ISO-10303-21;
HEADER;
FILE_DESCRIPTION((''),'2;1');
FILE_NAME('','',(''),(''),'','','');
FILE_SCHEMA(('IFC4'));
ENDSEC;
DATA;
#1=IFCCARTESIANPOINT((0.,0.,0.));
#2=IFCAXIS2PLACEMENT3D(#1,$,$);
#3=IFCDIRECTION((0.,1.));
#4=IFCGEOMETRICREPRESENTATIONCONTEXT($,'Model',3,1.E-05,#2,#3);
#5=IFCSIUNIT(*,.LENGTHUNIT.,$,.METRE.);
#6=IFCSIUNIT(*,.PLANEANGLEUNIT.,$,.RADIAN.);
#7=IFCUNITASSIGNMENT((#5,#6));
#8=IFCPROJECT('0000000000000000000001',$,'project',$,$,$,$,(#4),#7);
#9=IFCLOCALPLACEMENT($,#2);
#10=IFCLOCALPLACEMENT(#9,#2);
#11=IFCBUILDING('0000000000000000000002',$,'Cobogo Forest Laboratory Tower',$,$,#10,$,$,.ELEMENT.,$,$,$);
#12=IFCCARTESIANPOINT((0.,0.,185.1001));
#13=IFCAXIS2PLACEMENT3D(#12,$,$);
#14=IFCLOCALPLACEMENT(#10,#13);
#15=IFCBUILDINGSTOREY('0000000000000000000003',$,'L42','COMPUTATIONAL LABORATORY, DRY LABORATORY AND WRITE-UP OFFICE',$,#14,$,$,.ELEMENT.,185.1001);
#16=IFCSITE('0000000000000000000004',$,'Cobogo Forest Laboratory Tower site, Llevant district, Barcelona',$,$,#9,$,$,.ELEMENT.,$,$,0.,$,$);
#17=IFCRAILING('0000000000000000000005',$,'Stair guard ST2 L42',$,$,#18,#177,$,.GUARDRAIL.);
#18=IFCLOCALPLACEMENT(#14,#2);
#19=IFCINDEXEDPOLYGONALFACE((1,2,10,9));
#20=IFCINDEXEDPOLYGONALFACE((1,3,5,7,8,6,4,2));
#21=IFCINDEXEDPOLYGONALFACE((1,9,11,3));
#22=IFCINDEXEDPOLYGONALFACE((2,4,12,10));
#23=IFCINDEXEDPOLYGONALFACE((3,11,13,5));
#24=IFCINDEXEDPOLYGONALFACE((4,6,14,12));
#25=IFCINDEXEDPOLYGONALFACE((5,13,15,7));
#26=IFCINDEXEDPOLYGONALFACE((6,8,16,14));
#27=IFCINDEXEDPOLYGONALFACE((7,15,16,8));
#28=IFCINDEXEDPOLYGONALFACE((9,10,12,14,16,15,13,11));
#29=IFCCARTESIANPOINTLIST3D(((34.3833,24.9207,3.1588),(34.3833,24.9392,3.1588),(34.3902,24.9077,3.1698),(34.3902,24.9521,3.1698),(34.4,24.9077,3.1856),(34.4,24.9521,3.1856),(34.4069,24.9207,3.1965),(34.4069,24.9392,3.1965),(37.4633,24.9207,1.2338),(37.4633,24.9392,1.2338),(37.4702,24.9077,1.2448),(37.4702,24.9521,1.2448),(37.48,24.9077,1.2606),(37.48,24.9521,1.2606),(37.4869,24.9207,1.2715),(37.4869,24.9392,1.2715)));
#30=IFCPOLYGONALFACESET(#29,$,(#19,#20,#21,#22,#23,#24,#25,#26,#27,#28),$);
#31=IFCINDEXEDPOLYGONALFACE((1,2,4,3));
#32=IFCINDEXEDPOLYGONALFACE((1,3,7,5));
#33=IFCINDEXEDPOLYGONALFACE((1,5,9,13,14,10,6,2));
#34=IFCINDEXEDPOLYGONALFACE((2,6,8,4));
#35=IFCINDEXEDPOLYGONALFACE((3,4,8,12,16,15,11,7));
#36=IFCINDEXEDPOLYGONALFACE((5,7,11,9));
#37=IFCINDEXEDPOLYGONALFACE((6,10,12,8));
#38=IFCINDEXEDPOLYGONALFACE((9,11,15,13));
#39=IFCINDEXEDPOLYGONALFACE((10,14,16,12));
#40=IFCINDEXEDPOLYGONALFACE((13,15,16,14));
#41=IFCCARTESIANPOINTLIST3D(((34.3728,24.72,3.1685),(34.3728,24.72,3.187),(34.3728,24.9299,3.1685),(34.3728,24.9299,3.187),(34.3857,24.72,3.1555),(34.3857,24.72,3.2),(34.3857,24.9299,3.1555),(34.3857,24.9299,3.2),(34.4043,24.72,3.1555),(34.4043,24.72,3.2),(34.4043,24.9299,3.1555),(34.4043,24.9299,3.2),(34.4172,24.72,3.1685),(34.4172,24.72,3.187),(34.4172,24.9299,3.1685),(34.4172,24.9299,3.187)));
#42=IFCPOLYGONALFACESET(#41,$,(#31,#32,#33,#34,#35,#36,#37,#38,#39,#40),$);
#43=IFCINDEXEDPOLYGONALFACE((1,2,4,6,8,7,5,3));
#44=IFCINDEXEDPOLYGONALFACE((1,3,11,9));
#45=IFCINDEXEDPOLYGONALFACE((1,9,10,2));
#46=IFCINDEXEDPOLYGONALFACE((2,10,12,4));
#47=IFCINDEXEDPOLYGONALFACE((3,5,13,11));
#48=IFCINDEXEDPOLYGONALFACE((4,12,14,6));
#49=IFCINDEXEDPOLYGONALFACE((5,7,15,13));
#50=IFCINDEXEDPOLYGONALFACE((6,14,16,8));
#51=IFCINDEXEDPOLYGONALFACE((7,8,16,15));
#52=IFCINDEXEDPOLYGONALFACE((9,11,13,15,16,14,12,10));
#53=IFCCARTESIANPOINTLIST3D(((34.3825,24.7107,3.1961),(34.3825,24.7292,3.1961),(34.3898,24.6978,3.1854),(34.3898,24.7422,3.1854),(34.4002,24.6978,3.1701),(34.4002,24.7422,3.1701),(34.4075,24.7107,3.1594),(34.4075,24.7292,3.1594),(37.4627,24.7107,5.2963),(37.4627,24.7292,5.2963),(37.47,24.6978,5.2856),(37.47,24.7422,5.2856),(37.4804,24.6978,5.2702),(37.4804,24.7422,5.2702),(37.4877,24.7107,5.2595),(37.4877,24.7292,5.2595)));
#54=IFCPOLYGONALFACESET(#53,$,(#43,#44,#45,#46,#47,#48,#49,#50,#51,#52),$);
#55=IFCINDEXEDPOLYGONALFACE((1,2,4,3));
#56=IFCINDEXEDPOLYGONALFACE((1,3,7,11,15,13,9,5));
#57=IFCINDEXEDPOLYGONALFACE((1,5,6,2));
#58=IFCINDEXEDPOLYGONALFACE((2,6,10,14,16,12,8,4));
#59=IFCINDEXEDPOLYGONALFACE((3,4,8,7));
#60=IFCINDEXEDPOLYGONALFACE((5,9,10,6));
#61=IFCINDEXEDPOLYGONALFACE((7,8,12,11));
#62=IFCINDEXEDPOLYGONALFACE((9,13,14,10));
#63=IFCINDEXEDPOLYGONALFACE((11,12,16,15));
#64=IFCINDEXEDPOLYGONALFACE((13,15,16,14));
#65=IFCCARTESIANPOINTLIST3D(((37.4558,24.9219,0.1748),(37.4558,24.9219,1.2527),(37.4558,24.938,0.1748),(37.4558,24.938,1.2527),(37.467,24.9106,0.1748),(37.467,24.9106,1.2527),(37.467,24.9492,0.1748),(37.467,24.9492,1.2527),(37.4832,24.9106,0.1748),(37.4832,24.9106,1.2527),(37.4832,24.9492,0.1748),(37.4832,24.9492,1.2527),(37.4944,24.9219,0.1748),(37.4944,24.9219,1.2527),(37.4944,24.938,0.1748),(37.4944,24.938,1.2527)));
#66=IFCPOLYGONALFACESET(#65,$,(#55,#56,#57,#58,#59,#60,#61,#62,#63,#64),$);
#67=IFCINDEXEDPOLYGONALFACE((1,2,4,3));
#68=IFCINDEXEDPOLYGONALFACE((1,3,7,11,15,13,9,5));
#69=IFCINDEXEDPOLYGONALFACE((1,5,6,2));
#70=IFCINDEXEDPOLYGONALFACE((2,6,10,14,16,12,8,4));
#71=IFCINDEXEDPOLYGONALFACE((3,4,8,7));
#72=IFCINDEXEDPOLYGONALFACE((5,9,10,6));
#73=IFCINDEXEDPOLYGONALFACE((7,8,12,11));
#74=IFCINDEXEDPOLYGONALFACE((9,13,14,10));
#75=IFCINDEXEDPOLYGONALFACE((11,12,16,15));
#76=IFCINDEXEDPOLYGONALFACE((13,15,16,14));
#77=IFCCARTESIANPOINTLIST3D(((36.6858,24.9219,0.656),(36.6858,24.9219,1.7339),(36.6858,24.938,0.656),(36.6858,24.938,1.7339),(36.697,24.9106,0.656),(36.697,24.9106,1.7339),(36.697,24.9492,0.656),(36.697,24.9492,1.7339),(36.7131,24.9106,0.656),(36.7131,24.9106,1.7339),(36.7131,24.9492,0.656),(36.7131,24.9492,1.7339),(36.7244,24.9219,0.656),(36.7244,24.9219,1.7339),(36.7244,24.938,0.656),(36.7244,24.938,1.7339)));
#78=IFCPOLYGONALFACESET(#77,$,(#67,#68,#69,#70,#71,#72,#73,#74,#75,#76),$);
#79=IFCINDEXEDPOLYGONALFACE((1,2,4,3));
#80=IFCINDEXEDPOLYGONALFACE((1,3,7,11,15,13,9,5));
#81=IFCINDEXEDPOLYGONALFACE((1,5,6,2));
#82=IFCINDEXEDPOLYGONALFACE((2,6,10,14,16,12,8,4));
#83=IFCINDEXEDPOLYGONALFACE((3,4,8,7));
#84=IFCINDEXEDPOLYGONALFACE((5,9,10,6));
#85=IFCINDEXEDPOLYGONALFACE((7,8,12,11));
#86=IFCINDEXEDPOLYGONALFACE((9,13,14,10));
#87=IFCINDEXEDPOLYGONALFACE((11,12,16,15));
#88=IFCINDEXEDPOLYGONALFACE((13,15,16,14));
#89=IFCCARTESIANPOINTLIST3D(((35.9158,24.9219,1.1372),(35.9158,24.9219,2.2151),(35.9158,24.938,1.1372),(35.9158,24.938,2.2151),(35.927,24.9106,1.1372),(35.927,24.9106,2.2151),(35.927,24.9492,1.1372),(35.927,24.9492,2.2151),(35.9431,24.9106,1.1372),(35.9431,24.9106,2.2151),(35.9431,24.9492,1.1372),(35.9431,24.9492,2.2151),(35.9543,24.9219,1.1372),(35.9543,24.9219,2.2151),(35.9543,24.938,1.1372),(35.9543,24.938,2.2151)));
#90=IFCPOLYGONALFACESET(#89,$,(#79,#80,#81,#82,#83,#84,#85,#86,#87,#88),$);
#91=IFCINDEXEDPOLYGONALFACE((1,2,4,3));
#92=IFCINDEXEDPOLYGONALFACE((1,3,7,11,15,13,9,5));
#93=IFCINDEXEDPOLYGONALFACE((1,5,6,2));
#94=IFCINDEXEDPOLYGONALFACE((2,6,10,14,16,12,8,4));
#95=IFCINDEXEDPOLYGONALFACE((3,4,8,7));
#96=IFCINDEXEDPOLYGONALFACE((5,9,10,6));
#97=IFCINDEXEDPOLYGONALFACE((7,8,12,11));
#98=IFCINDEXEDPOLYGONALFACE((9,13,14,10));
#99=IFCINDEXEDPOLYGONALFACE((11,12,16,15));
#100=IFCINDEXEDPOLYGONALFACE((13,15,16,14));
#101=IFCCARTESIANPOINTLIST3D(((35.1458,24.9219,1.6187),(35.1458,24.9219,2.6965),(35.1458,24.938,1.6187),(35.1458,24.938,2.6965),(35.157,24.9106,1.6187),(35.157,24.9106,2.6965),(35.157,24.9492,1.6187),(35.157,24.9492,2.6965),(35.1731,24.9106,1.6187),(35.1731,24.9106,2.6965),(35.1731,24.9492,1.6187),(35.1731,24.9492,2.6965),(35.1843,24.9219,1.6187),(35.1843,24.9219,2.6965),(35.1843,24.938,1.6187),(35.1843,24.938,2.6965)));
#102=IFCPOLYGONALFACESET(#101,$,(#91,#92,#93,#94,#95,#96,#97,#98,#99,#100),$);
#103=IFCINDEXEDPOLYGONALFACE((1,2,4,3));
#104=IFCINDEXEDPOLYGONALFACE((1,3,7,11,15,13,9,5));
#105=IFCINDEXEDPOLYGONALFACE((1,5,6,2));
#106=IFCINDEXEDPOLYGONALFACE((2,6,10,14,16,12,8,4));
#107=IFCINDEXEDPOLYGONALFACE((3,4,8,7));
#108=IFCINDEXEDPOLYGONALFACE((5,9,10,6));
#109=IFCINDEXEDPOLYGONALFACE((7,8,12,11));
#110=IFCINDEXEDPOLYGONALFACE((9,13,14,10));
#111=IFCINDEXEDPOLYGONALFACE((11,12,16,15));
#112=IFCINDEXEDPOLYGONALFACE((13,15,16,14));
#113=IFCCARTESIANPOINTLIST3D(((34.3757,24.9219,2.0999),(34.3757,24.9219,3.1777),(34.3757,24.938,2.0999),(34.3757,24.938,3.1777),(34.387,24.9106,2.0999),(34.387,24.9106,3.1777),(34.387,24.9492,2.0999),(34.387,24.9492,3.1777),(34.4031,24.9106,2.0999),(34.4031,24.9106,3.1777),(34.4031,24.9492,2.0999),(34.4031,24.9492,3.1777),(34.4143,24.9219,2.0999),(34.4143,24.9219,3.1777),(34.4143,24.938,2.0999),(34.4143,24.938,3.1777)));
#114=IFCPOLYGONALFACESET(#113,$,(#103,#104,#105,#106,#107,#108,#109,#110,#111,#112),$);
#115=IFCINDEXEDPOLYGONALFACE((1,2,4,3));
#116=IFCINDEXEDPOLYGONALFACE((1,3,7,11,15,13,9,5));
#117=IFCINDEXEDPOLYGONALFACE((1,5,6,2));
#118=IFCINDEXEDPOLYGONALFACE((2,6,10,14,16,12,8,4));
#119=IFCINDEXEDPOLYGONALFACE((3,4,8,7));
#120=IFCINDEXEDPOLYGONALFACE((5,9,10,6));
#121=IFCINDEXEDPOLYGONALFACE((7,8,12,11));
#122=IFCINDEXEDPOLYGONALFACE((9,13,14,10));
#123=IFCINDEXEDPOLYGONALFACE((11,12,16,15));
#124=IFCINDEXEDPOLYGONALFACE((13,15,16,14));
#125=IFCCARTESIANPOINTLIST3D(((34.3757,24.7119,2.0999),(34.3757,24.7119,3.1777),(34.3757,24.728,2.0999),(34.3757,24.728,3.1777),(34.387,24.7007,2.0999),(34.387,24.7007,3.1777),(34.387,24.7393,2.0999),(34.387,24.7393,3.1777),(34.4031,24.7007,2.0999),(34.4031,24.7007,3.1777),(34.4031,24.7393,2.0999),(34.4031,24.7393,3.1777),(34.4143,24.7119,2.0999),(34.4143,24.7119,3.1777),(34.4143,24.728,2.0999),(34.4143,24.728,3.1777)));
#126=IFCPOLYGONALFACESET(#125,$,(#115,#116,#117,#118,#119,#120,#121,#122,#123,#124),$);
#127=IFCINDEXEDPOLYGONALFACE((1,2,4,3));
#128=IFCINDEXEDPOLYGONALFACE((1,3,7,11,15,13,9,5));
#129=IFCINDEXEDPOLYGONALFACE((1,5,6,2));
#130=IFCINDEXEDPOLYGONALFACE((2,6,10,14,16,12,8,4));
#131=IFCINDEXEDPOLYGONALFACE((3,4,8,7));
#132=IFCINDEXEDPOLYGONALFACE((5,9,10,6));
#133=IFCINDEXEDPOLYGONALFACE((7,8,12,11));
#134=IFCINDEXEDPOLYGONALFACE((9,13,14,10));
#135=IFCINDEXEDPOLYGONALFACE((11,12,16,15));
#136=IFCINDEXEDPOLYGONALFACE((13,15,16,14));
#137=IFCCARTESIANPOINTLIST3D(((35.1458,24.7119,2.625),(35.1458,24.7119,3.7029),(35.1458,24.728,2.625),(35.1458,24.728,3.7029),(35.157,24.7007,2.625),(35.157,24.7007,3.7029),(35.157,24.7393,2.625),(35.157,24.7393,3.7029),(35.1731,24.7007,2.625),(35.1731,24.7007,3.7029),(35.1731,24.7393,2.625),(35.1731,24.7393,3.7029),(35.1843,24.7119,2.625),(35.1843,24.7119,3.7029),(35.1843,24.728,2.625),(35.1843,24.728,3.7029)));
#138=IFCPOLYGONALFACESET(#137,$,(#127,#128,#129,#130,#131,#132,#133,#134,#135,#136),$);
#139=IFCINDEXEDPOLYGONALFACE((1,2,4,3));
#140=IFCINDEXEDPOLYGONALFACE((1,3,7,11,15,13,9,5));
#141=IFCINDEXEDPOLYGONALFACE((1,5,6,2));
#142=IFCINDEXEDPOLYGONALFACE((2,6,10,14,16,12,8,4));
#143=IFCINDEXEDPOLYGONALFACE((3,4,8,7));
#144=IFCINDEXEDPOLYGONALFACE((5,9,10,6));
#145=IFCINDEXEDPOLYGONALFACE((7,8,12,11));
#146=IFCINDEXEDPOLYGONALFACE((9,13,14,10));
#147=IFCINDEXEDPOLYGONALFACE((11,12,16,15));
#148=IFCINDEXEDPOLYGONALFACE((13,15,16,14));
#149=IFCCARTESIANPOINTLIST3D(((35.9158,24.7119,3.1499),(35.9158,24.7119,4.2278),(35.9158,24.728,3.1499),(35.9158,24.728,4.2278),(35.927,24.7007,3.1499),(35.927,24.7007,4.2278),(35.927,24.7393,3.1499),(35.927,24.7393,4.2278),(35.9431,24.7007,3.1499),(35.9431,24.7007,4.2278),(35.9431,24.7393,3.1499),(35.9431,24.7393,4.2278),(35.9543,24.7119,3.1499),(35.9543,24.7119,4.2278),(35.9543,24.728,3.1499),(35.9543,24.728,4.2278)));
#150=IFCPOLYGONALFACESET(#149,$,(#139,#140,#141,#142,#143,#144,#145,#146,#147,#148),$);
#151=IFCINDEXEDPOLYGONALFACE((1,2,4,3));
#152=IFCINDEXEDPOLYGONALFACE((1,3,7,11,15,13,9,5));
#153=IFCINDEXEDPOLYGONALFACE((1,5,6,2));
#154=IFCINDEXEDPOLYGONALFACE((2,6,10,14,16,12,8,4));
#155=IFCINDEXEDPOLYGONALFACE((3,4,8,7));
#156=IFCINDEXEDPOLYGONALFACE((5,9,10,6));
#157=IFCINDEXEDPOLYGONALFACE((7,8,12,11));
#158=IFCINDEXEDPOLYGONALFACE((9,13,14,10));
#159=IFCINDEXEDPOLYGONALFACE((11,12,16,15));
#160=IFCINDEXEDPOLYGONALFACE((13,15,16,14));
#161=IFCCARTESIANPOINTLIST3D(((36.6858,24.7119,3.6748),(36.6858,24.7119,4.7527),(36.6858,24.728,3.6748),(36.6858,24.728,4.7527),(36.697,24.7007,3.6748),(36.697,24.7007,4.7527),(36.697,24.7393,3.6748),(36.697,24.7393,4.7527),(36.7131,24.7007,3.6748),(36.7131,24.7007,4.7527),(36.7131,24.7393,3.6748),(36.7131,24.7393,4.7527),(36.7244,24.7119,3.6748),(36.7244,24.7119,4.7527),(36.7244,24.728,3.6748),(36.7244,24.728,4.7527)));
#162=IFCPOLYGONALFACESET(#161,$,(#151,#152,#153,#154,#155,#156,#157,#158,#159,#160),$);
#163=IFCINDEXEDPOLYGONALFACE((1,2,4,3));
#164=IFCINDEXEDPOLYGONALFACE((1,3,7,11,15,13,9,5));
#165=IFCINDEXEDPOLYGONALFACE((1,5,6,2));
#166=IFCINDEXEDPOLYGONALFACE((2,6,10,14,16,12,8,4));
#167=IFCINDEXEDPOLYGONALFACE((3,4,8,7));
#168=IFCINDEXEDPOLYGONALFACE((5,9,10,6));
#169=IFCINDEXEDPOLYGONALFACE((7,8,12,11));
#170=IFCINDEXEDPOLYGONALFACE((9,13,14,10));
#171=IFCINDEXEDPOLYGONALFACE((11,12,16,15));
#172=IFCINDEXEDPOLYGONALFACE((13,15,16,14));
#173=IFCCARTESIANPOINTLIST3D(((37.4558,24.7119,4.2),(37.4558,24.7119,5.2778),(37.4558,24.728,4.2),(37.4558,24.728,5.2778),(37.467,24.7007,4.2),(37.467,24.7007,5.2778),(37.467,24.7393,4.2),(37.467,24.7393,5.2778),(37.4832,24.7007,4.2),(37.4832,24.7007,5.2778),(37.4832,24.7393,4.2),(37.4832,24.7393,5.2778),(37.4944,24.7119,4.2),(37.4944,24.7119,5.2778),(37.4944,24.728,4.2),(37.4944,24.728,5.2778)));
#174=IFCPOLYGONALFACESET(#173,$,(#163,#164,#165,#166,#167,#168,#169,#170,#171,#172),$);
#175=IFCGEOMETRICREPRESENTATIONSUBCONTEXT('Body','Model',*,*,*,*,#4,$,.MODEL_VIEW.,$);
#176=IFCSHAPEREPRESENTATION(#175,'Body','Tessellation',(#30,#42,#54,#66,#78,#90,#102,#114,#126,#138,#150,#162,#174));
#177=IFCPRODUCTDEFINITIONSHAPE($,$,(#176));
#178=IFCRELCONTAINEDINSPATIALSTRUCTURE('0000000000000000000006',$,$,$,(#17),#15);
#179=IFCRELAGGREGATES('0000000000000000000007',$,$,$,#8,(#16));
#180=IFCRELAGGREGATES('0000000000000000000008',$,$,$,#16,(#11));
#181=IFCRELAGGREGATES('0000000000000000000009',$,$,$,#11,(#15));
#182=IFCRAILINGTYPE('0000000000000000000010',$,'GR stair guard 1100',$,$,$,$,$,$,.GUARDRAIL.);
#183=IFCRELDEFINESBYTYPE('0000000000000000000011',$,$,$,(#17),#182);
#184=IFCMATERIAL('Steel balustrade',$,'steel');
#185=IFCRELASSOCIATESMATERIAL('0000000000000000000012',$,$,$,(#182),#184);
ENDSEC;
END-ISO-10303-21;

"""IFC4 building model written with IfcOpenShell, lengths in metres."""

from ifc_helpers import new_model, si_unit, direction, frame, origin, place, context, subcontext, project, spatial, polyline, outline, extrude, material, type_object, element, save


model = new_model("IFC4")

# Units and contexts
model_context = context("Model", 3, precision=1e-05, world=origin(), true_north=direction((0.0, 1.0)))
body_context = subcontext(model_context, "Body", "Model", "MODEL_VIEW")
ifc_project = project(units=[si_unit("LENGTHUNIT", "METRE"), si_unit("PLANEANGLEUNIT", "RADIAN")], contexts=[model_context])

# Site, building, storey
site_placement = place(None, origin())
site = spatial("IfcSite", under=ifc_project, at=site_placement, Name="Cobogo Forest Laboratory Tower site, Llevant district, Barcelona", CompositionType="ELEMENT", RefElevation=0.0)
building_placement = place(site_placement, origin())
building = spatial("IfcBuilding", under=site, at=building_placement, Name="Cobogo Forest Laboratory Tower", CompositionType="ELEMENT")
storey_placement = place(building_placement, frame((0.0, 0.0, 185.1001)))
storey = spatial("IfcBuildingStorey", under=building, at=storey_placement, Name="L42", Description="COMPUTATIONAL LABORATORY, DRY LABORATORY AND WRITE-UP OFFICE", CompositionType="ELEMENT", Elevation=185.1001)

# Railing
ifc_material_1 = material(Name="Steel balustrade", Category="steel")
railing_type_1 = type_object("IfcRailingType", Name="GR stair guard 1100", PredefinedType="GUARDRAIL", material=ifc_material_1)
railing_1_placement = place(storey_placement, frame((37.4751, 24.9299, 0.1748)))
element("IfcRailing", 1, at=railing_1_placement, inside=storey, type_object=railing_type_1, Name="Stair guard ST2 L42", PredefinedType="GUARDRAIL", context=body_context, shape_type="SweptSolid", body=[
    extrude(outline(polyline([(0.0222, 0.0093), (0.0093, 0.0222), (-0.0093, 0.0222), (-0.0222, 0.0093), (-0.0222, -0.0093), (-0.0093, -0.0222), (0.0093, -0.0222), (0.0222, -0.0093), (0.0222, 0.0093)])), frame((0.0, 0.0, 1.0779), z_axis=(-0.847998, 0.0, 0.529999), x_axis=(0.0, -1.0, 0.0)), (0.0, 0.0, 1.0), 3.6321),
    extrude(outline(polyline([(0.0222, 0.0093), (0.0093, 0.0222), (-0.0093, 0.0222), (-0.0222, 0.0093), (-0.0222, -0.0093), (-0.0093, -0.0222), (0.0093, -0.0222), (0.0222, -0.0093), (0.0222, 0.0093)])), frame((-3.0801, 0.0, 3.0029), z_axis=(0.0, -1.0, 0.0), x_axis=(1.0, 0.0, 0.0)), (0.0, 0.0, 1.0), 0.21),
    extrude(outline(polyline([(0.0222, 0.0093), (0.0093, 0.0222), (-0.0093, 0.0222), (-0.0222, 0.0093), (-0.0222, -0.0093), (-0.0093, -0.0222), (0.0093, -0.0222), (0.0222, -0.0093), (0.0222, 0.0093)])), frame((-3.0801, -0.21, 3.0029), z_axis=(0.826222, 0.0, 0.563345), x_axis=(0.0, 1.0, 0.0)), (0.0, 0.0, 1.0), 3.728),
    extrude(outline(polyline([(0.0193, 0.0081), (0.0081, 0.0193), (-0.0081, 0.0193), (-0.0193, 0.0081), (-0.0193, -0.0081), (-0.0081, -0.0193), (0.0081, -0.0193), (0.0193, -0.0081), (0.0193, 0.0081)])), origin(), (0.0, 0.0, 1.0), 1.0779),
    extrude(outline(polyline([(0.0193, 0.0081), (0.0081, 0.0193), (-0.0081, 0.0193), (-0.0193, 0.0081), (-0.0193, -0.0081), (-0.0081, -0.0193), (0.0081, -0.0193), (0.0193, -0.0081), (0.0193, 0.0081)])), frame((-0.77, 0.0, 0.4812)), (0.0, 0.0, 1.0), 1.0779),
    extrude(outline(polyline([(0.0193, 0.0081), (0.0081, 0.0193), (-0.0081, 0.0193), (-0.0193, 0.0081), (-0.0193, -0.0081), (-0.0081, -0.0193), (0.0081, -0.0193), (0.0193, -0.0081), (0.0193, 0.0081)])), frame((-1.54, 0.0, 0.9624)), (0.0, 0.0, 1.0), 1.0779),
    extrude(outline(polyline([(0.0193, 0.0081), (0.0081, 0.0193), (-0.0081, 0.0193), (-0.0193, 0.0081), (-0.0193, -0.0081), (-0.0081, -0.0193), (0.0081, -0.0193), (0.0193, -0.0081), (0.0193, 0.0081)])), frame((-2.3101, 0.0, 1.4438)), (0.0, 0.0, 1.0), 1.0779),
    extrude(outline(polyline([(0.0193, 0.0081), (0.0081, 0.0193), (-0.0081, 0.0193), (-0.0193, 0.0081), (-0.0193, -0.0081), (-0.0081, -0.0193), (0.0081, -0.0193), (0.0193, -0.0081), (0.0193, 0.0081)])), frame((-3.0801, 0.0, 1.925)), (0.0, 0.0, 1.0), 1.0779),
    extrude(outline(polyline([(0.0193, 0.0081), (0.0081, 0.0193), (-0.0081, 0.0193), (-0.0193, 0.0081), (-0.0193, -0.0081), (-0.0081, -0.0193), (0.0081, -0.0193), (0.0193, -0.0081), (0.0193, 0.0081)])), frame((-3.0801, -0.21, 1.925)), (0.0, 0.0, 1.0), 1.0779),
    extrude(outline(polyline([(0.0193, 0.0081), (0.0081, 0.0193), (-0.0081, 0.0193), (-0.0193, 0.0081), (-0.0193, -0.0081), (-0.0081, -0.0193), (0.0081, -0.0193), (0.0193, -0.0081), (0.0193, 0.0081)])), frame((-2.3101, -0.21, 2.4502)), (0.0, 0.0, 1.0), 1.0779),
    extrude(outline(polyline([(0.0193, 0.0081), (0.0081, 0.0193), (-0.0081, 0.0193), (-0.0193, 0.0081), (-0.0193, -0.0081), (-0.0081, -0.0193), (0.0081, -0.0193), (0.0193, -0.0081), (0.0193, 0.0081)])), frame((-1.54, -0.21, 2.9751)), (0.0, 0.0, 1.0), 1.0779),
    extrude(outline(polyline([(0.0193, 0.0081), (0.0081, 0.0193), (-0.0081, 0.0193), (-0.0193, 0.0081), (-0.0193, -0.0081), (-0.0081, -0.0193), (0.0081, -0.0193), (0.0193, -0.0081), (0.0193, 0.0081)])), frame((-0.77, -0.21, 3.5)), (0.0, 0.0, 1.0), 1.0779),
    extrude(outline(polyline([(0.0193, 0.0081), (0.0081, 0.0193), (-0.0081, 0.0193), (-0.0193, 0.0081), (-0.0193, -0.0081), (-0.0081, -0.0193), (0.0081, -0.0193), (0.0193, -0.0081), (0.0193, 0.0081)])), frame((0.0, -0.21, 4.0251)), (0.0, 0.0, 1.0), 1.0779),
])

save(model, "model.ifc")
